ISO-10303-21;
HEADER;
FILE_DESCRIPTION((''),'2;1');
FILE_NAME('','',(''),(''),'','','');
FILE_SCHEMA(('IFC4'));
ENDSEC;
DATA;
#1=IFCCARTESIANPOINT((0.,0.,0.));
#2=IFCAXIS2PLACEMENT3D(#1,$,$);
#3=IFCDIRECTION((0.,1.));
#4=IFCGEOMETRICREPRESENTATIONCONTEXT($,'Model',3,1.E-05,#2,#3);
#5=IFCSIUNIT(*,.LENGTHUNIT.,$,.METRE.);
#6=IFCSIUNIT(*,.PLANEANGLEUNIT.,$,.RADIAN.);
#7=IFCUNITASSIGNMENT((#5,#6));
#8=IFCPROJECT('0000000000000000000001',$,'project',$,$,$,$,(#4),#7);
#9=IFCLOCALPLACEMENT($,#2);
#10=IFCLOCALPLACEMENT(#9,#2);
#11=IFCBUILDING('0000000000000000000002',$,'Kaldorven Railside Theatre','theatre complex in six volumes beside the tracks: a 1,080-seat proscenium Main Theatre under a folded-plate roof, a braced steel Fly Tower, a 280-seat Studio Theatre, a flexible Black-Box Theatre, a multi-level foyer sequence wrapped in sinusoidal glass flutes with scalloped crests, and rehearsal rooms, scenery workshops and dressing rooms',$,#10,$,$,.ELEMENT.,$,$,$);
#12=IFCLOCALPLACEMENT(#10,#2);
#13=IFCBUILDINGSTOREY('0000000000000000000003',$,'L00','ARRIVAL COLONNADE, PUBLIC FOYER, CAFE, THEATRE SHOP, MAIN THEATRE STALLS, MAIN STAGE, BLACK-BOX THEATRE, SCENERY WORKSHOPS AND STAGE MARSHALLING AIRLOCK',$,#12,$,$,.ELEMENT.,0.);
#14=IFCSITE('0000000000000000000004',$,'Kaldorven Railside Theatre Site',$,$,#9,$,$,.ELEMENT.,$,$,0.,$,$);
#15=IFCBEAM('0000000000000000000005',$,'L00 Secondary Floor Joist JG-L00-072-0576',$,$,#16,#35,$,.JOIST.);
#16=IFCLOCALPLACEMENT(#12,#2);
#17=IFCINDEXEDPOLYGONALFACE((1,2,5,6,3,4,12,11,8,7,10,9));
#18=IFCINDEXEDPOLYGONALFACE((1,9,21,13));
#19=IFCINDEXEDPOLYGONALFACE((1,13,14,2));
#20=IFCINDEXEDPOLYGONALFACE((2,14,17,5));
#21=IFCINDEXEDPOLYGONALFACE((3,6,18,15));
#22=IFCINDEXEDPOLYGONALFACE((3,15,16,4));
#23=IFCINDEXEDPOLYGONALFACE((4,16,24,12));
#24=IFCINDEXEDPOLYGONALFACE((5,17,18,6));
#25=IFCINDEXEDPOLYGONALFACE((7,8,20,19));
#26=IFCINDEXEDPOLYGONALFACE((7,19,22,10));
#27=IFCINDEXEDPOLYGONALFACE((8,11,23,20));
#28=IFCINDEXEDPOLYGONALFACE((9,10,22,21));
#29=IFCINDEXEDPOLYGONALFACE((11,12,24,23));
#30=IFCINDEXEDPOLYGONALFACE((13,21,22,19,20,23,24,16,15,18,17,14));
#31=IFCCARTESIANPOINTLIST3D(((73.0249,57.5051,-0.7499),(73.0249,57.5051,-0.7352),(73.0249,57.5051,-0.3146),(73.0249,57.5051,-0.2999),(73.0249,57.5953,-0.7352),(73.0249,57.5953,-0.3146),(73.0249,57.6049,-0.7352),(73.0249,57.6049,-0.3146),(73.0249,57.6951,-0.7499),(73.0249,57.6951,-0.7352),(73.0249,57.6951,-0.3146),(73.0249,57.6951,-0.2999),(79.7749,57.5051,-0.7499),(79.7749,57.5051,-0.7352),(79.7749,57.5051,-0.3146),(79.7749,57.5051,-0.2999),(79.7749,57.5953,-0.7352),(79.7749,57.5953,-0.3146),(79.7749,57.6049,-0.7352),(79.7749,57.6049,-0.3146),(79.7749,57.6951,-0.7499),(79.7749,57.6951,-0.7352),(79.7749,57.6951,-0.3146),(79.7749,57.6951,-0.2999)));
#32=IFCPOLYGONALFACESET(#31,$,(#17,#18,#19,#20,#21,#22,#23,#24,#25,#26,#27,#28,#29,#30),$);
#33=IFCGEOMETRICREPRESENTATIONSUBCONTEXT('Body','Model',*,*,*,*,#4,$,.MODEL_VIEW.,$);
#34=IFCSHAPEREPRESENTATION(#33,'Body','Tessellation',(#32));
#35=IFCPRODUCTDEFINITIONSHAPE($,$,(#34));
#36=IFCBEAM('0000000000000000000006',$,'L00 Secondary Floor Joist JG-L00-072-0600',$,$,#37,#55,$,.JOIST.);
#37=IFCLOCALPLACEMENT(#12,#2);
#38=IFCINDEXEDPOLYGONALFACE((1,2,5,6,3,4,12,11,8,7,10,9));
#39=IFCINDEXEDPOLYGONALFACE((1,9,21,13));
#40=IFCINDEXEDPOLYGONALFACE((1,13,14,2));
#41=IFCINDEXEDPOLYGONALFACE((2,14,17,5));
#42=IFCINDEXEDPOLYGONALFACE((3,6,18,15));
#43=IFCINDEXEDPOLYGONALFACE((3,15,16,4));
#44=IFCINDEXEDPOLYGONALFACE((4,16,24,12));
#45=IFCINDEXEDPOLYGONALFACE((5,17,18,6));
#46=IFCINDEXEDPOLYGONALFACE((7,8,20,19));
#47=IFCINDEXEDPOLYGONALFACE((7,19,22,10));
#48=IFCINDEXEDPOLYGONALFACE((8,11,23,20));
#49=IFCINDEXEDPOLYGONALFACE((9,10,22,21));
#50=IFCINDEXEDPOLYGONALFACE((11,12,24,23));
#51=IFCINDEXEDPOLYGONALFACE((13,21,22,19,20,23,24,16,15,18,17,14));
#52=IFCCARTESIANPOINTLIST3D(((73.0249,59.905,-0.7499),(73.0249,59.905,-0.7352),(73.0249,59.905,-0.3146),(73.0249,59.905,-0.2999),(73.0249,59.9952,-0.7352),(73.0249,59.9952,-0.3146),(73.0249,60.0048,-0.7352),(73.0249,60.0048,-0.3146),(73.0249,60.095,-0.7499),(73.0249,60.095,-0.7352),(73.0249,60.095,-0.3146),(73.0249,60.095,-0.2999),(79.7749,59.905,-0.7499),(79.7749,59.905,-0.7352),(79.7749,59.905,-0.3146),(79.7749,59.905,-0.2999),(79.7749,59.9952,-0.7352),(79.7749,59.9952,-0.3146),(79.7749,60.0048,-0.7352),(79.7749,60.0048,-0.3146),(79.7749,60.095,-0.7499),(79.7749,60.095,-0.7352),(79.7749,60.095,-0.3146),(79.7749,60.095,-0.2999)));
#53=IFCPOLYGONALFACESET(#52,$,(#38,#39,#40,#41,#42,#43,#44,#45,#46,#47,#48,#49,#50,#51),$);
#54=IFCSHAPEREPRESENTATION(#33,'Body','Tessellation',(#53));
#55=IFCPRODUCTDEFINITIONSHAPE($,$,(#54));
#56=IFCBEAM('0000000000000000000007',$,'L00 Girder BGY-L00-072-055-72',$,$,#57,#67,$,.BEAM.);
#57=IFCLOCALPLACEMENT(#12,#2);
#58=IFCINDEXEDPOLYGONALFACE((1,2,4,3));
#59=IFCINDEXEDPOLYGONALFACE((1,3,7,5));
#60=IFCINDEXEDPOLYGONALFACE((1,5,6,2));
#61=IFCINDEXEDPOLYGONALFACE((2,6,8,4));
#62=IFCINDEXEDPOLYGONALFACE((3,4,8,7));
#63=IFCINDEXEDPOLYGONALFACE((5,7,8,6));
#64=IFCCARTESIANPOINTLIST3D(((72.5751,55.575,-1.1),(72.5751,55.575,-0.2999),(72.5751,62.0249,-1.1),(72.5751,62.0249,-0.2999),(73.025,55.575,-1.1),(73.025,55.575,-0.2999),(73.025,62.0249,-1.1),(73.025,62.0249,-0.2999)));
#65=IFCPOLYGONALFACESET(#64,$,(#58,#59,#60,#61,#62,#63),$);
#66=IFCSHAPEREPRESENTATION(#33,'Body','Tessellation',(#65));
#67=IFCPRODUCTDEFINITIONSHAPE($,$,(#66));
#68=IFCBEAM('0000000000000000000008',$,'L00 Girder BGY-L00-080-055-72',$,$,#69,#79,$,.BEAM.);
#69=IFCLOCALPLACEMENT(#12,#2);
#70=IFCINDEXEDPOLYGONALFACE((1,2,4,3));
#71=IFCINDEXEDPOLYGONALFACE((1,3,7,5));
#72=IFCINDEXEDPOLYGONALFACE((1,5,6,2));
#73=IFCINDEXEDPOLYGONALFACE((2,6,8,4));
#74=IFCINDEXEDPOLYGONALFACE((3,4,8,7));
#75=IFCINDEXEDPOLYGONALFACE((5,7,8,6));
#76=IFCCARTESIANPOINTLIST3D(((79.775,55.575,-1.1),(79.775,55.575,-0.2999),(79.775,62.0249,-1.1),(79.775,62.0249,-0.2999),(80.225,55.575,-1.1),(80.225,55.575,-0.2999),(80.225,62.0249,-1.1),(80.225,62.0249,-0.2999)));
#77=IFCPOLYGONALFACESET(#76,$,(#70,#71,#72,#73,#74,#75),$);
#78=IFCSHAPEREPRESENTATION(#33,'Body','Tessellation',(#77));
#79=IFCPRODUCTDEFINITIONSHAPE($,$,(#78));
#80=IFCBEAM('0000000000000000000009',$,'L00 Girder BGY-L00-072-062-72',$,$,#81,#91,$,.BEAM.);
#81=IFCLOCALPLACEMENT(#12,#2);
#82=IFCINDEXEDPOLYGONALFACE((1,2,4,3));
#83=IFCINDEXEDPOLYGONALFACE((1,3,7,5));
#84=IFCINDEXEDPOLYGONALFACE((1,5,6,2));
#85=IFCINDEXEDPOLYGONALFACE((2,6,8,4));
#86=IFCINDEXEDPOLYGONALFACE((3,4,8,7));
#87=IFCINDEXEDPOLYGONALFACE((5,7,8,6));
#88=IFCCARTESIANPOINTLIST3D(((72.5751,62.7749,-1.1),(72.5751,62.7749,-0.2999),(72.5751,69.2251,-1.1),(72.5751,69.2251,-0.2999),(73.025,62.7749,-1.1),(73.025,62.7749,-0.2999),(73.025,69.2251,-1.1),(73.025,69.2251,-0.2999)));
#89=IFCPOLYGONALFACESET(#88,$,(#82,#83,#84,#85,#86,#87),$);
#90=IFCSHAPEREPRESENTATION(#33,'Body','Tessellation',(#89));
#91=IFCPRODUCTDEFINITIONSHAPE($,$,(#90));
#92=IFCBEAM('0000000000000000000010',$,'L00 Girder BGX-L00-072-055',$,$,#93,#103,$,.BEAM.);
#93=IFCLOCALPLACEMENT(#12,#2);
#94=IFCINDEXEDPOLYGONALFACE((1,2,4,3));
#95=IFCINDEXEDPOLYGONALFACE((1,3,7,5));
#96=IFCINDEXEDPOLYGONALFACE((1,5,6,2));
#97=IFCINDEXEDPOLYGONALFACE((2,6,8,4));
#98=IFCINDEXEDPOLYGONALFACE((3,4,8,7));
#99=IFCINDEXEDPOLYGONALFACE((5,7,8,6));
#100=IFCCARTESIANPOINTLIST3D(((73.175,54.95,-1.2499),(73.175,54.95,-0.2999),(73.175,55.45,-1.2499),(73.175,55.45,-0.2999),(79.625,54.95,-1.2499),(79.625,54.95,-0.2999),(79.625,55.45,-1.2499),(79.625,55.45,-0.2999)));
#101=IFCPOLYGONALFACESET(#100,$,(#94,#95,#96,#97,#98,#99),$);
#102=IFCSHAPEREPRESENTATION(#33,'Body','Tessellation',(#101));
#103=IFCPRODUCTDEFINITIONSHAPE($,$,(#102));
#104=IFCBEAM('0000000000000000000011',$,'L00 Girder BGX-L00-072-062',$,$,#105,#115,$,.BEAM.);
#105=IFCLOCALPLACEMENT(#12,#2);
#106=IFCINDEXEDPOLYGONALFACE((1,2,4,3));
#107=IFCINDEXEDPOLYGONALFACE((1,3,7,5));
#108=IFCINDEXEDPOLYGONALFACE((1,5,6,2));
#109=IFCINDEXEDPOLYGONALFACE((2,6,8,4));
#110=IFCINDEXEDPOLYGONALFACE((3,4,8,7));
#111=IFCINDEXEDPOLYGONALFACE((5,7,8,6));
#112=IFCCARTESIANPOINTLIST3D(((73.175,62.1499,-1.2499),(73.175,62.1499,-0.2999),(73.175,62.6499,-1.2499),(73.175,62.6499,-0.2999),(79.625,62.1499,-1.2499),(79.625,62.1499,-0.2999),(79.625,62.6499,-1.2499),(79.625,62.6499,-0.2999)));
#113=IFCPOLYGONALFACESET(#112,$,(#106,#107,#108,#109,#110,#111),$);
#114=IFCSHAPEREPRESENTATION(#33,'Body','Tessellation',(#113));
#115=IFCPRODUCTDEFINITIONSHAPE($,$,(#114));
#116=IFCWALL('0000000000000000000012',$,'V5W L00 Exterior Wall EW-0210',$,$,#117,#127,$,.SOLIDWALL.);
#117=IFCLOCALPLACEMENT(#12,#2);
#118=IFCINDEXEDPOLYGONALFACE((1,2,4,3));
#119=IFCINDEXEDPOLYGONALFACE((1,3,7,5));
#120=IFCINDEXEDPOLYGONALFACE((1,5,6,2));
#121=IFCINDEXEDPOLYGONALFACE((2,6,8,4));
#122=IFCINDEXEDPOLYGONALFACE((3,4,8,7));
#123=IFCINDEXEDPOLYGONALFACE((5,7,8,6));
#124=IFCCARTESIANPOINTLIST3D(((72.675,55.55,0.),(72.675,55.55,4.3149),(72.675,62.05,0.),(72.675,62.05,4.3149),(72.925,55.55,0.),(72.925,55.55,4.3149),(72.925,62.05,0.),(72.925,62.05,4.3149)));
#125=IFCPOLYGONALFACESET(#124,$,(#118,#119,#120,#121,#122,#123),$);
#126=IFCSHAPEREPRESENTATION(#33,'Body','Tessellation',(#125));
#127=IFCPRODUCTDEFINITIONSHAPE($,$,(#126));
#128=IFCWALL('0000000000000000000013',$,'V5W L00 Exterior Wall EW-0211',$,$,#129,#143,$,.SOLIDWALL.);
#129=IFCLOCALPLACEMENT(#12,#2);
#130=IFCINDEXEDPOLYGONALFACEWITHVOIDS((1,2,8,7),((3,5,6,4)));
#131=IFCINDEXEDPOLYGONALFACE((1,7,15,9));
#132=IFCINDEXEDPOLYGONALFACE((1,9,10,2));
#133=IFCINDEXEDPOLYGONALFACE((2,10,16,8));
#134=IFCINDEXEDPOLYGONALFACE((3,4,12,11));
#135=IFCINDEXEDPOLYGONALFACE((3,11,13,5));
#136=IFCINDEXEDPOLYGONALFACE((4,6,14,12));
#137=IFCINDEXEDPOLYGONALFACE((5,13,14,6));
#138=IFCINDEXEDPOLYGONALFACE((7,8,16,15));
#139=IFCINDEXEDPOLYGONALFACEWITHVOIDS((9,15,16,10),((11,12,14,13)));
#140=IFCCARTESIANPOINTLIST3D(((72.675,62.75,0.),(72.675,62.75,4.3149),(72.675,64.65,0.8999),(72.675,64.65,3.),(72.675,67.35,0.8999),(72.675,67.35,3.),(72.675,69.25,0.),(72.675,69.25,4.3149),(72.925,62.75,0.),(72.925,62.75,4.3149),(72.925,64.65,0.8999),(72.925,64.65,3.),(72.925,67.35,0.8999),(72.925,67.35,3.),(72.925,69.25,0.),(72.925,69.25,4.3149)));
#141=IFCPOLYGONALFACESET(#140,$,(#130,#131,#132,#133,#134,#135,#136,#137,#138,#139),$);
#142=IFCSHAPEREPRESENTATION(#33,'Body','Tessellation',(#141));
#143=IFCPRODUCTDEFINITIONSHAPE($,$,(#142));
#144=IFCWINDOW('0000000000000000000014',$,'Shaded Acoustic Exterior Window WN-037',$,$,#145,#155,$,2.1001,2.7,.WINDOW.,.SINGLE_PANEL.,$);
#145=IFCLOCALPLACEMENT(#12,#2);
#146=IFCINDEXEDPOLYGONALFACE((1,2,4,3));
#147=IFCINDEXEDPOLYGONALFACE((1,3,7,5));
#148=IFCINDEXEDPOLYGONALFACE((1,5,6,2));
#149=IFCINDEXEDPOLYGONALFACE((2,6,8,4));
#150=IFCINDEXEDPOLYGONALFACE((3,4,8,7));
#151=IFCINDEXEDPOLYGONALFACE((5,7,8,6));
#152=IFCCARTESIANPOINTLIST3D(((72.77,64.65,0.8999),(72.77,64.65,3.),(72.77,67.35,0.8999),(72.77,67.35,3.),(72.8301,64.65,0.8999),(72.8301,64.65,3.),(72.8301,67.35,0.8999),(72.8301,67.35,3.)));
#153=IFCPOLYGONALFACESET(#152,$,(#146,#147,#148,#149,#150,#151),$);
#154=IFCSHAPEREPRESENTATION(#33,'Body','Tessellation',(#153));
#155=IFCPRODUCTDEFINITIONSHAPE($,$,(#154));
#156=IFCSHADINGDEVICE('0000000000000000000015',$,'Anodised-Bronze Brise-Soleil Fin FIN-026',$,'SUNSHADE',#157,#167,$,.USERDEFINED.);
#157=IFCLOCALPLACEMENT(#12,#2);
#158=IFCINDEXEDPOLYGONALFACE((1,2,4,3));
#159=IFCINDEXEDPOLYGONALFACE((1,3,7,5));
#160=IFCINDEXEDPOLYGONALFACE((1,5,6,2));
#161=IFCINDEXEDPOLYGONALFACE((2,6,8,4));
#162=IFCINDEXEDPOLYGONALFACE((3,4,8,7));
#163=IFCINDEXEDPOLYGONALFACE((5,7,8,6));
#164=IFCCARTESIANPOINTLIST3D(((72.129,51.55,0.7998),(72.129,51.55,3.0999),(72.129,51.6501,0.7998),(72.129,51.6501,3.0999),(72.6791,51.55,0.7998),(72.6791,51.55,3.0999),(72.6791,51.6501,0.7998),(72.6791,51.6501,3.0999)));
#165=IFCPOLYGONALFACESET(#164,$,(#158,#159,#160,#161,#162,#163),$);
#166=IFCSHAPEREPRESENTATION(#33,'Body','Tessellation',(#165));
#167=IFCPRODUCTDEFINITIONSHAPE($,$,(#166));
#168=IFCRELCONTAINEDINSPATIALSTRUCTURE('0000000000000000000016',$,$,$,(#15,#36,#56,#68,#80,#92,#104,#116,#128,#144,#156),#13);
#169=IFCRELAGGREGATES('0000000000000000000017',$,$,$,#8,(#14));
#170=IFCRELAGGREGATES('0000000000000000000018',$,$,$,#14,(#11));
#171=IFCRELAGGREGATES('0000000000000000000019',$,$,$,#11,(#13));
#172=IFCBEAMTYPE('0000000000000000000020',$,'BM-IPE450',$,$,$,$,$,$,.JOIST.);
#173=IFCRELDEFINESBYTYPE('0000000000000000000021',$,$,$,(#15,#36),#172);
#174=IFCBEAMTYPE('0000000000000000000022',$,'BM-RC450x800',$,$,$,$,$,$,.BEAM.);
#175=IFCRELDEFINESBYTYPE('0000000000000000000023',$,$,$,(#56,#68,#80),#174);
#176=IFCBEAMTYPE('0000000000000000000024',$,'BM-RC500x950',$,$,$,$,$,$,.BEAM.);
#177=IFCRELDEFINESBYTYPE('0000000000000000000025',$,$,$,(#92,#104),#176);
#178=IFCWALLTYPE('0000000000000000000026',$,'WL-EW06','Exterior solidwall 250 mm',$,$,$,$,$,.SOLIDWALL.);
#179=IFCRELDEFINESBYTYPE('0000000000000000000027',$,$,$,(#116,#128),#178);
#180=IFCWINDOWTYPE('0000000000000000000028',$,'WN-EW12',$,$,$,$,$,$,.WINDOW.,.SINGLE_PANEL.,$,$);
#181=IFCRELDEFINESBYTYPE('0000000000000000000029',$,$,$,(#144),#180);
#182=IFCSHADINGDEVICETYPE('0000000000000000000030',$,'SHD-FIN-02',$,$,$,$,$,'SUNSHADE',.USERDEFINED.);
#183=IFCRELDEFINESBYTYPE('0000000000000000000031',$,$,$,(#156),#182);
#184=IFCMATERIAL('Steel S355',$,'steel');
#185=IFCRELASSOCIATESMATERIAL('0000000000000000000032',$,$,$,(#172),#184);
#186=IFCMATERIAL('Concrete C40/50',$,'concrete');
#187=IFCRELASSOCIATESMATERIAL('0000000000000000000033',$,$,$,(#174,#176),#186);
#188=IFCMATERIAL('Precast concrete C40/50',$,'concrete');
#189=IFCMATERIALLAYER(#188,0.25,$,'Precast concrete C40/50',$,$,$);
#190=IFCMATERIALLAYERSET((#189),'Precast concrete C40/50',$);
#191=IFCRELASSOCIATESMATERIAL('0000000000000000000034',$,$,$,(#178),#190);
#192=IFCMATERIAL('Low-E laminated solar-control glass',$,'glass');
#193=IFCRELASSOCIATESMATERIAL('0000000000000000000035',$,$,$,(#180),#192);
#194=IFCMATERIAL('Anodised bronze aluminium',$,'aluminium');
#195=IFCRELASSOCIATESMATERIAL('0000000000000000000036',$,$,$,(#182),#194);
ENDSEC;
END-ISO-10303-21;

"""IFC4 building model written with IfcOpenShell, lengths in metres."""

from ifc_helpers import new_model, si_unit, direction, frame, frame_2d, origin, origin_2d, place, context, subcontext, project, spatial, rectangle, i_section, extrude, material, layer, layer_set, material_profile, profile_set, type_object, element, fill, save


model = new_model("IFC4")

# Units and contexts
model_context = context("Model", 3, precision=1e-05, world=origin(), true_north=direction((0.0, 1.0)))
body_context = subcontext(model_context, "Body", "Model", "MODEL_VIEW")
ifc_project = project(units=[si_unit("LENGTHUNIT", "METRE"), si_unit("PLANEANGLEUNIT", "RADIAN")], contexts=[model_context])

# Site, building, storey
site_placement = place(None, origin())
site = spatial("IfcSite", under=ifc_project, at=site_placement, Name="Kaldorven Railside Theatre Site", CompositionType="ELEMENT", RefElevation=0.0)
building_placement = place(site_placement, origin())
building = spatial("IfcBuilding", under=site, at=building_placement, Name="Kaldorven Railside Theatre", Description="theatre complex in six volumes beside the tracks: a 1,080-seat proscenium Main Theatre under a folded-plate roof, a braced steel Fly Tower, a 280-seat Studio Theatre, a flexible Black-Box Theatre, a multi-level foyer sequence wrapped in sinusoidal glass flutes with scalloped crests, and rehearsal rooms, scenery workshops and dressing rooms", CompositionType="ELEMENT")
storey_placement = place(building_placement, origin())
storey = spatial("IfcBuildingStorey", under=building, at=storey_placement, Name="L00", Description="ARRIVAL COLONNADE, PUBLIC FOYER, CAFE, THEATRE SHOP, MAIN THEATRE STALLS, MAIN STAGE, BLACK-BOX THEATRE, SCENERY WORKSHOPS AND STAGE MARSHALLING AIRLOCK", CompositionType="ELEMENT", Elevation=0.0)

# Shared definitions
ifc_material_1 = material(Name="Steel S355", Category="steel")
ifc_material_2 = material(Name="Concrete C40/50", Category="concrete")

# Beams
ifc_material_profile_1 = material_profile(ifc_material_1, i_section(OverallWidth=0.1899, OverallDepth=0.45, WebThickness=0.0095, FlangeThickness=0.0146, at=origin_2d()), Name="IPE 450")
ifc_profile_set_1 = profile_set([ifc_material_profile_1], Name="Steel S355")
beam_type_1 = type_object("IfcBeamType", Name="BM-IPE450", PredefinedType="JOIST", material=ifc_profile_set_1)
for number, where, z_axis, x_axis, name in (
    (1, (73.0249, 57.6001, -0.5249), (1.0, 0.0, 0.0), (0.0, 1.0, 0.0), "L00 Secondary Floor Joist JG-L00-072-0576"),
    (2, (73.0249, 60.0, -0.5249), (1.0, 0.0, 0.0), (0.0, 1.0, 0.0), "L00 Secondary Floor Joist JG-L00-072-0600"),
):
    element("IfcBeam", number, at=place(storey_placement, frame(where, z_axis=z_axis, x_axis=x_axis)), inside=storey, type_object=beam_type_1, Name=name, PredefinedType="JOIST", context=body_context, shape_type="SweptSolid", body=[
        extrude(i_section(OverallWidth=0.1899, OverallDepth=0.45, WebThickness=0.0095, FlangeThickness=0.0146, at=origin_2d()), origin(), (0.0, 0.0, 1.0), 6.75),
    ])
ifc_material_profile_2 = material_profile(ifc_material_2, rectangle(XDim=0.45, YDim=0.8, at=origin_2d()), Name="RC 450x800")
ifc_profile_set_2 = profile_set([ifc_material_profile_2], Name="Concrete C40/50")
beam_type_2 = type_object("IfcBeamType", Name="BM-RC450x800", PredefinedType="BEAM", material=ifc_profile_set_2)
for number, where, z_axis, x_axis, name in (
    (3, (72.8, 55.575, -0.7), (0.0, 1.0, 0.0), (-1.0, 0.0, 0.0), "L00 Girder BGY-L00-072-055-72"),
    (4, (80.0, 55.575, -0.7), (0.0, 1.0, 0.0), (-1.0, 0.0, 0.0), "L00 Girder BGY-L00-080-055-72"),
):
    element("IfcBeam", number, at=place(storey_placement, frame(where, z_axis=z_axis, x_axis=x_axis)), inside=storey, type_object=beam_type_2, Name=name, PredefinedType="BEAM", context=body_context, shape_type="SweptSolid", body=[
        extrude(rectangle(XDim=0.45, YDim=0.8, at=origin_2d()), origin(), (0.0, 0.0, 1.0), 6.45),
    ])
beam_placement = place(storey_placement, frame((72.8, 62.7749, -0.7), z_axis=(0.0, 1.0, 0.0), x_axis=(-1.0, 0.0, 0.0)))
element("IfcBeam", 5, at=beam_placement, inside=storey, type_object=beam_type_2, Name="L00 Girder BGY-L00-072-062-72", PredefinedType="BEAM", context=body_context, shape_type="SweptSolid", body=[
    extrude(rectangle(XDim=0.45, YDim=0.8, at=origin_2d()), origin(), (0.0, 0.0, 1.0), 6.4502),
])
ifc_material_profile_3 = material_profile(ifc_material_2, rectangle(XDim=0.5, YDim=0.95, at=origin_2d()), Name="RC 500x950")
ifc_profile_set_3 = profile_set([ifc_material_profile_3], Name="Concrete C40/50")
beam_type_3 = type_object("IfcBeamType", Name="BM-RC500x950", PredefinedType="BEAM", material=ifc_profile_set_3)
for number, where, z_axis, x_axis, name in (
    (6, (73.175, 55.2, -0.7749), (1.0, 0.0, 0.0), (0.0, 1.0, 0.0), "L00 Girder BGX-L00-072-055"),
    (7, (73.175, 62.3999, -0.7749), (1.0, 0.0, 0.0), (0.0, 1.0, 0.0), "L00 Girder BGX-L00-072-062"),
):
    element("IfcBeam", number, at=place(storey_placement, frame(where, z_axis=z_axis, x_axis=x_axis)), inside=storey, type_object=beam_type_3, Name=name, PredefinedType="BEAM", context=body_context, shape_type="SweptSolid", body=[
        extrude(rectangle(XDim=0.5, YDim=0.95, at=origin_2d()), origin(), (0.0, 0.0, 1.0), 6.45),
    ])

# Wall
ifc_material_3 = material(Name="Precast concrete C40/50", Category="concrete")
ifc_layer = layer(ifc_material_3, 0.25, Name="Precast concrete C40/50")
ifc_layer_set = layer_set([ifc_layer], Name="Precast concrete C40/50")
wall_type = type_object("IfcWallType", Name="WL-EW06", Description="Exterior solidwall 250 mm", PredefinedType="SOLIDWALL", material=ifc_layer_set)
wall_1_placement = place(storey_placement, frame((72.8, 55.55, 0.0), z_axis=(0.0, 0.0, 1.0), x_axis=(0.0, 1.0, 0.0)))
element("IfcWall", 8, at=wall_1_placement, inside=storey, type_object=wall_type, Name="V5W L00 Exterior Wall EW-0210", PredefinedType="SOLIDWALL", context=body_context, shape_type="SweptSolid", body=[
    extrude(rectangle(XDim=6.5, YDim=0.25, at=frame_2d((3.25, 0.0))), origin(), (0.0, 0.0, 1.0), 4.3149),
])

# Wall, opening, window
wall_2_placement = place(storey_placement, frame((72.8, 62.75, 0.0), z_axis=(0.0, 0.0, 1.0), x_axis=(0.0, 1.0, 0.0)))
wall_2 = element("IfcWall", 9, at=wall_2_placement, inside=storey, type_object=wall_type, Name="V5W L00 Exterior Wall EW-0211", PredefinedType="SOLIDWALL", context=body_context, shape_type="SweptSolid", body=[
    extrude(rectangle(XDim=6.5, YDim=0.25, at=frame_2d((3.25, 0.0))), origin(), (0.0, 0.0, 1.0), 4.3149),
])
opening_placement = place(wall_2_placement, frame((1.8999, 0.0, 0.8999)))
opening = element("IfcOpeningElement", 10, at=opening_placement, cuts=wall_2, PredefinedType="OPENING", context=body_context, shape_type="SweptSolid", body=[
    extrude(rectangle(XDim=2.7, YDim=2.1001, at=frame_2d((1.3501, 1.05))), frame((0.0, 0.135, 0.0), z_axis=(0.0, -1.0, 0.0), x_axis=(1.0, 0.0, 0.0)), (0.0, 0.0, 1.0), 0.27),
])
ifc_material_4 = material(Name="Low-E laminated solar-control glass", Category="glass")
window_type = type_object("IfcWindowType", Name="WN-EW12", PartitioningType="SINGLE_PANEL", PredefinedType="WINDOW", material=ifc_material_4)
window_placement = place(opening_placement, origin())
window = element("IfcWindow", 11, at=window_placement, inside=storey, type_object=window_type, Name="Shaded Acoustic Exterior Window WN-037", OverallHeight=2.1001, OverallWidth=2.7, PartitioningType="SINGLE_PANEL", PredefinedType="WINDOW", context=body_context, shape_type="SweptSolid", body=[
    extrude(rectangle(XDim=2.7, YDim=2.1001, at=frame_2d((1.3501, 1.05))), frame((0.0, 0.03, 0.0), z_axis=(0.0, -1.0, 0.0), x_axis=(1.0, 0.0, 0.0)), (0.0, 0.0, 1.0), 0.0601),
])
fill(opening, window)

# Shading device
ifc_material_5 = material(Name="Anodised bronze aluminium", Category="aluminium")
shading_device_type = type_object("IfcShadingDeviceType", Name="SHD-FIN-02", ElementType="SUNSHADE", PredefinedType="USERDEFINED", material=ifc_material_5)
shading_device_placement = place(storey_placement, frame((72.4041, 51.6001, 0.7998), z_axis=(0.0, 0.0, 1.0), x_axis=(0.0, 1.0, 0.0)))
element("IfcShadingDevice", 12, at=shading_device_placement, inside=storey, type_object=shading_device_type, Name="Anodised-Bronze Brise-Soleil Fin FIN-026", ObjectType="SUNSHADE", PredefinedType="USERDEFINED", context=body_context, shape_type="SweptSolid", body=[
    extrude(rectangle(XDim=0.1001, YDim=0.55, at=origin_2d()), origin(), (0.0, 0.0, 1.0), 2.3),
])

save(model, "model.ifc")
